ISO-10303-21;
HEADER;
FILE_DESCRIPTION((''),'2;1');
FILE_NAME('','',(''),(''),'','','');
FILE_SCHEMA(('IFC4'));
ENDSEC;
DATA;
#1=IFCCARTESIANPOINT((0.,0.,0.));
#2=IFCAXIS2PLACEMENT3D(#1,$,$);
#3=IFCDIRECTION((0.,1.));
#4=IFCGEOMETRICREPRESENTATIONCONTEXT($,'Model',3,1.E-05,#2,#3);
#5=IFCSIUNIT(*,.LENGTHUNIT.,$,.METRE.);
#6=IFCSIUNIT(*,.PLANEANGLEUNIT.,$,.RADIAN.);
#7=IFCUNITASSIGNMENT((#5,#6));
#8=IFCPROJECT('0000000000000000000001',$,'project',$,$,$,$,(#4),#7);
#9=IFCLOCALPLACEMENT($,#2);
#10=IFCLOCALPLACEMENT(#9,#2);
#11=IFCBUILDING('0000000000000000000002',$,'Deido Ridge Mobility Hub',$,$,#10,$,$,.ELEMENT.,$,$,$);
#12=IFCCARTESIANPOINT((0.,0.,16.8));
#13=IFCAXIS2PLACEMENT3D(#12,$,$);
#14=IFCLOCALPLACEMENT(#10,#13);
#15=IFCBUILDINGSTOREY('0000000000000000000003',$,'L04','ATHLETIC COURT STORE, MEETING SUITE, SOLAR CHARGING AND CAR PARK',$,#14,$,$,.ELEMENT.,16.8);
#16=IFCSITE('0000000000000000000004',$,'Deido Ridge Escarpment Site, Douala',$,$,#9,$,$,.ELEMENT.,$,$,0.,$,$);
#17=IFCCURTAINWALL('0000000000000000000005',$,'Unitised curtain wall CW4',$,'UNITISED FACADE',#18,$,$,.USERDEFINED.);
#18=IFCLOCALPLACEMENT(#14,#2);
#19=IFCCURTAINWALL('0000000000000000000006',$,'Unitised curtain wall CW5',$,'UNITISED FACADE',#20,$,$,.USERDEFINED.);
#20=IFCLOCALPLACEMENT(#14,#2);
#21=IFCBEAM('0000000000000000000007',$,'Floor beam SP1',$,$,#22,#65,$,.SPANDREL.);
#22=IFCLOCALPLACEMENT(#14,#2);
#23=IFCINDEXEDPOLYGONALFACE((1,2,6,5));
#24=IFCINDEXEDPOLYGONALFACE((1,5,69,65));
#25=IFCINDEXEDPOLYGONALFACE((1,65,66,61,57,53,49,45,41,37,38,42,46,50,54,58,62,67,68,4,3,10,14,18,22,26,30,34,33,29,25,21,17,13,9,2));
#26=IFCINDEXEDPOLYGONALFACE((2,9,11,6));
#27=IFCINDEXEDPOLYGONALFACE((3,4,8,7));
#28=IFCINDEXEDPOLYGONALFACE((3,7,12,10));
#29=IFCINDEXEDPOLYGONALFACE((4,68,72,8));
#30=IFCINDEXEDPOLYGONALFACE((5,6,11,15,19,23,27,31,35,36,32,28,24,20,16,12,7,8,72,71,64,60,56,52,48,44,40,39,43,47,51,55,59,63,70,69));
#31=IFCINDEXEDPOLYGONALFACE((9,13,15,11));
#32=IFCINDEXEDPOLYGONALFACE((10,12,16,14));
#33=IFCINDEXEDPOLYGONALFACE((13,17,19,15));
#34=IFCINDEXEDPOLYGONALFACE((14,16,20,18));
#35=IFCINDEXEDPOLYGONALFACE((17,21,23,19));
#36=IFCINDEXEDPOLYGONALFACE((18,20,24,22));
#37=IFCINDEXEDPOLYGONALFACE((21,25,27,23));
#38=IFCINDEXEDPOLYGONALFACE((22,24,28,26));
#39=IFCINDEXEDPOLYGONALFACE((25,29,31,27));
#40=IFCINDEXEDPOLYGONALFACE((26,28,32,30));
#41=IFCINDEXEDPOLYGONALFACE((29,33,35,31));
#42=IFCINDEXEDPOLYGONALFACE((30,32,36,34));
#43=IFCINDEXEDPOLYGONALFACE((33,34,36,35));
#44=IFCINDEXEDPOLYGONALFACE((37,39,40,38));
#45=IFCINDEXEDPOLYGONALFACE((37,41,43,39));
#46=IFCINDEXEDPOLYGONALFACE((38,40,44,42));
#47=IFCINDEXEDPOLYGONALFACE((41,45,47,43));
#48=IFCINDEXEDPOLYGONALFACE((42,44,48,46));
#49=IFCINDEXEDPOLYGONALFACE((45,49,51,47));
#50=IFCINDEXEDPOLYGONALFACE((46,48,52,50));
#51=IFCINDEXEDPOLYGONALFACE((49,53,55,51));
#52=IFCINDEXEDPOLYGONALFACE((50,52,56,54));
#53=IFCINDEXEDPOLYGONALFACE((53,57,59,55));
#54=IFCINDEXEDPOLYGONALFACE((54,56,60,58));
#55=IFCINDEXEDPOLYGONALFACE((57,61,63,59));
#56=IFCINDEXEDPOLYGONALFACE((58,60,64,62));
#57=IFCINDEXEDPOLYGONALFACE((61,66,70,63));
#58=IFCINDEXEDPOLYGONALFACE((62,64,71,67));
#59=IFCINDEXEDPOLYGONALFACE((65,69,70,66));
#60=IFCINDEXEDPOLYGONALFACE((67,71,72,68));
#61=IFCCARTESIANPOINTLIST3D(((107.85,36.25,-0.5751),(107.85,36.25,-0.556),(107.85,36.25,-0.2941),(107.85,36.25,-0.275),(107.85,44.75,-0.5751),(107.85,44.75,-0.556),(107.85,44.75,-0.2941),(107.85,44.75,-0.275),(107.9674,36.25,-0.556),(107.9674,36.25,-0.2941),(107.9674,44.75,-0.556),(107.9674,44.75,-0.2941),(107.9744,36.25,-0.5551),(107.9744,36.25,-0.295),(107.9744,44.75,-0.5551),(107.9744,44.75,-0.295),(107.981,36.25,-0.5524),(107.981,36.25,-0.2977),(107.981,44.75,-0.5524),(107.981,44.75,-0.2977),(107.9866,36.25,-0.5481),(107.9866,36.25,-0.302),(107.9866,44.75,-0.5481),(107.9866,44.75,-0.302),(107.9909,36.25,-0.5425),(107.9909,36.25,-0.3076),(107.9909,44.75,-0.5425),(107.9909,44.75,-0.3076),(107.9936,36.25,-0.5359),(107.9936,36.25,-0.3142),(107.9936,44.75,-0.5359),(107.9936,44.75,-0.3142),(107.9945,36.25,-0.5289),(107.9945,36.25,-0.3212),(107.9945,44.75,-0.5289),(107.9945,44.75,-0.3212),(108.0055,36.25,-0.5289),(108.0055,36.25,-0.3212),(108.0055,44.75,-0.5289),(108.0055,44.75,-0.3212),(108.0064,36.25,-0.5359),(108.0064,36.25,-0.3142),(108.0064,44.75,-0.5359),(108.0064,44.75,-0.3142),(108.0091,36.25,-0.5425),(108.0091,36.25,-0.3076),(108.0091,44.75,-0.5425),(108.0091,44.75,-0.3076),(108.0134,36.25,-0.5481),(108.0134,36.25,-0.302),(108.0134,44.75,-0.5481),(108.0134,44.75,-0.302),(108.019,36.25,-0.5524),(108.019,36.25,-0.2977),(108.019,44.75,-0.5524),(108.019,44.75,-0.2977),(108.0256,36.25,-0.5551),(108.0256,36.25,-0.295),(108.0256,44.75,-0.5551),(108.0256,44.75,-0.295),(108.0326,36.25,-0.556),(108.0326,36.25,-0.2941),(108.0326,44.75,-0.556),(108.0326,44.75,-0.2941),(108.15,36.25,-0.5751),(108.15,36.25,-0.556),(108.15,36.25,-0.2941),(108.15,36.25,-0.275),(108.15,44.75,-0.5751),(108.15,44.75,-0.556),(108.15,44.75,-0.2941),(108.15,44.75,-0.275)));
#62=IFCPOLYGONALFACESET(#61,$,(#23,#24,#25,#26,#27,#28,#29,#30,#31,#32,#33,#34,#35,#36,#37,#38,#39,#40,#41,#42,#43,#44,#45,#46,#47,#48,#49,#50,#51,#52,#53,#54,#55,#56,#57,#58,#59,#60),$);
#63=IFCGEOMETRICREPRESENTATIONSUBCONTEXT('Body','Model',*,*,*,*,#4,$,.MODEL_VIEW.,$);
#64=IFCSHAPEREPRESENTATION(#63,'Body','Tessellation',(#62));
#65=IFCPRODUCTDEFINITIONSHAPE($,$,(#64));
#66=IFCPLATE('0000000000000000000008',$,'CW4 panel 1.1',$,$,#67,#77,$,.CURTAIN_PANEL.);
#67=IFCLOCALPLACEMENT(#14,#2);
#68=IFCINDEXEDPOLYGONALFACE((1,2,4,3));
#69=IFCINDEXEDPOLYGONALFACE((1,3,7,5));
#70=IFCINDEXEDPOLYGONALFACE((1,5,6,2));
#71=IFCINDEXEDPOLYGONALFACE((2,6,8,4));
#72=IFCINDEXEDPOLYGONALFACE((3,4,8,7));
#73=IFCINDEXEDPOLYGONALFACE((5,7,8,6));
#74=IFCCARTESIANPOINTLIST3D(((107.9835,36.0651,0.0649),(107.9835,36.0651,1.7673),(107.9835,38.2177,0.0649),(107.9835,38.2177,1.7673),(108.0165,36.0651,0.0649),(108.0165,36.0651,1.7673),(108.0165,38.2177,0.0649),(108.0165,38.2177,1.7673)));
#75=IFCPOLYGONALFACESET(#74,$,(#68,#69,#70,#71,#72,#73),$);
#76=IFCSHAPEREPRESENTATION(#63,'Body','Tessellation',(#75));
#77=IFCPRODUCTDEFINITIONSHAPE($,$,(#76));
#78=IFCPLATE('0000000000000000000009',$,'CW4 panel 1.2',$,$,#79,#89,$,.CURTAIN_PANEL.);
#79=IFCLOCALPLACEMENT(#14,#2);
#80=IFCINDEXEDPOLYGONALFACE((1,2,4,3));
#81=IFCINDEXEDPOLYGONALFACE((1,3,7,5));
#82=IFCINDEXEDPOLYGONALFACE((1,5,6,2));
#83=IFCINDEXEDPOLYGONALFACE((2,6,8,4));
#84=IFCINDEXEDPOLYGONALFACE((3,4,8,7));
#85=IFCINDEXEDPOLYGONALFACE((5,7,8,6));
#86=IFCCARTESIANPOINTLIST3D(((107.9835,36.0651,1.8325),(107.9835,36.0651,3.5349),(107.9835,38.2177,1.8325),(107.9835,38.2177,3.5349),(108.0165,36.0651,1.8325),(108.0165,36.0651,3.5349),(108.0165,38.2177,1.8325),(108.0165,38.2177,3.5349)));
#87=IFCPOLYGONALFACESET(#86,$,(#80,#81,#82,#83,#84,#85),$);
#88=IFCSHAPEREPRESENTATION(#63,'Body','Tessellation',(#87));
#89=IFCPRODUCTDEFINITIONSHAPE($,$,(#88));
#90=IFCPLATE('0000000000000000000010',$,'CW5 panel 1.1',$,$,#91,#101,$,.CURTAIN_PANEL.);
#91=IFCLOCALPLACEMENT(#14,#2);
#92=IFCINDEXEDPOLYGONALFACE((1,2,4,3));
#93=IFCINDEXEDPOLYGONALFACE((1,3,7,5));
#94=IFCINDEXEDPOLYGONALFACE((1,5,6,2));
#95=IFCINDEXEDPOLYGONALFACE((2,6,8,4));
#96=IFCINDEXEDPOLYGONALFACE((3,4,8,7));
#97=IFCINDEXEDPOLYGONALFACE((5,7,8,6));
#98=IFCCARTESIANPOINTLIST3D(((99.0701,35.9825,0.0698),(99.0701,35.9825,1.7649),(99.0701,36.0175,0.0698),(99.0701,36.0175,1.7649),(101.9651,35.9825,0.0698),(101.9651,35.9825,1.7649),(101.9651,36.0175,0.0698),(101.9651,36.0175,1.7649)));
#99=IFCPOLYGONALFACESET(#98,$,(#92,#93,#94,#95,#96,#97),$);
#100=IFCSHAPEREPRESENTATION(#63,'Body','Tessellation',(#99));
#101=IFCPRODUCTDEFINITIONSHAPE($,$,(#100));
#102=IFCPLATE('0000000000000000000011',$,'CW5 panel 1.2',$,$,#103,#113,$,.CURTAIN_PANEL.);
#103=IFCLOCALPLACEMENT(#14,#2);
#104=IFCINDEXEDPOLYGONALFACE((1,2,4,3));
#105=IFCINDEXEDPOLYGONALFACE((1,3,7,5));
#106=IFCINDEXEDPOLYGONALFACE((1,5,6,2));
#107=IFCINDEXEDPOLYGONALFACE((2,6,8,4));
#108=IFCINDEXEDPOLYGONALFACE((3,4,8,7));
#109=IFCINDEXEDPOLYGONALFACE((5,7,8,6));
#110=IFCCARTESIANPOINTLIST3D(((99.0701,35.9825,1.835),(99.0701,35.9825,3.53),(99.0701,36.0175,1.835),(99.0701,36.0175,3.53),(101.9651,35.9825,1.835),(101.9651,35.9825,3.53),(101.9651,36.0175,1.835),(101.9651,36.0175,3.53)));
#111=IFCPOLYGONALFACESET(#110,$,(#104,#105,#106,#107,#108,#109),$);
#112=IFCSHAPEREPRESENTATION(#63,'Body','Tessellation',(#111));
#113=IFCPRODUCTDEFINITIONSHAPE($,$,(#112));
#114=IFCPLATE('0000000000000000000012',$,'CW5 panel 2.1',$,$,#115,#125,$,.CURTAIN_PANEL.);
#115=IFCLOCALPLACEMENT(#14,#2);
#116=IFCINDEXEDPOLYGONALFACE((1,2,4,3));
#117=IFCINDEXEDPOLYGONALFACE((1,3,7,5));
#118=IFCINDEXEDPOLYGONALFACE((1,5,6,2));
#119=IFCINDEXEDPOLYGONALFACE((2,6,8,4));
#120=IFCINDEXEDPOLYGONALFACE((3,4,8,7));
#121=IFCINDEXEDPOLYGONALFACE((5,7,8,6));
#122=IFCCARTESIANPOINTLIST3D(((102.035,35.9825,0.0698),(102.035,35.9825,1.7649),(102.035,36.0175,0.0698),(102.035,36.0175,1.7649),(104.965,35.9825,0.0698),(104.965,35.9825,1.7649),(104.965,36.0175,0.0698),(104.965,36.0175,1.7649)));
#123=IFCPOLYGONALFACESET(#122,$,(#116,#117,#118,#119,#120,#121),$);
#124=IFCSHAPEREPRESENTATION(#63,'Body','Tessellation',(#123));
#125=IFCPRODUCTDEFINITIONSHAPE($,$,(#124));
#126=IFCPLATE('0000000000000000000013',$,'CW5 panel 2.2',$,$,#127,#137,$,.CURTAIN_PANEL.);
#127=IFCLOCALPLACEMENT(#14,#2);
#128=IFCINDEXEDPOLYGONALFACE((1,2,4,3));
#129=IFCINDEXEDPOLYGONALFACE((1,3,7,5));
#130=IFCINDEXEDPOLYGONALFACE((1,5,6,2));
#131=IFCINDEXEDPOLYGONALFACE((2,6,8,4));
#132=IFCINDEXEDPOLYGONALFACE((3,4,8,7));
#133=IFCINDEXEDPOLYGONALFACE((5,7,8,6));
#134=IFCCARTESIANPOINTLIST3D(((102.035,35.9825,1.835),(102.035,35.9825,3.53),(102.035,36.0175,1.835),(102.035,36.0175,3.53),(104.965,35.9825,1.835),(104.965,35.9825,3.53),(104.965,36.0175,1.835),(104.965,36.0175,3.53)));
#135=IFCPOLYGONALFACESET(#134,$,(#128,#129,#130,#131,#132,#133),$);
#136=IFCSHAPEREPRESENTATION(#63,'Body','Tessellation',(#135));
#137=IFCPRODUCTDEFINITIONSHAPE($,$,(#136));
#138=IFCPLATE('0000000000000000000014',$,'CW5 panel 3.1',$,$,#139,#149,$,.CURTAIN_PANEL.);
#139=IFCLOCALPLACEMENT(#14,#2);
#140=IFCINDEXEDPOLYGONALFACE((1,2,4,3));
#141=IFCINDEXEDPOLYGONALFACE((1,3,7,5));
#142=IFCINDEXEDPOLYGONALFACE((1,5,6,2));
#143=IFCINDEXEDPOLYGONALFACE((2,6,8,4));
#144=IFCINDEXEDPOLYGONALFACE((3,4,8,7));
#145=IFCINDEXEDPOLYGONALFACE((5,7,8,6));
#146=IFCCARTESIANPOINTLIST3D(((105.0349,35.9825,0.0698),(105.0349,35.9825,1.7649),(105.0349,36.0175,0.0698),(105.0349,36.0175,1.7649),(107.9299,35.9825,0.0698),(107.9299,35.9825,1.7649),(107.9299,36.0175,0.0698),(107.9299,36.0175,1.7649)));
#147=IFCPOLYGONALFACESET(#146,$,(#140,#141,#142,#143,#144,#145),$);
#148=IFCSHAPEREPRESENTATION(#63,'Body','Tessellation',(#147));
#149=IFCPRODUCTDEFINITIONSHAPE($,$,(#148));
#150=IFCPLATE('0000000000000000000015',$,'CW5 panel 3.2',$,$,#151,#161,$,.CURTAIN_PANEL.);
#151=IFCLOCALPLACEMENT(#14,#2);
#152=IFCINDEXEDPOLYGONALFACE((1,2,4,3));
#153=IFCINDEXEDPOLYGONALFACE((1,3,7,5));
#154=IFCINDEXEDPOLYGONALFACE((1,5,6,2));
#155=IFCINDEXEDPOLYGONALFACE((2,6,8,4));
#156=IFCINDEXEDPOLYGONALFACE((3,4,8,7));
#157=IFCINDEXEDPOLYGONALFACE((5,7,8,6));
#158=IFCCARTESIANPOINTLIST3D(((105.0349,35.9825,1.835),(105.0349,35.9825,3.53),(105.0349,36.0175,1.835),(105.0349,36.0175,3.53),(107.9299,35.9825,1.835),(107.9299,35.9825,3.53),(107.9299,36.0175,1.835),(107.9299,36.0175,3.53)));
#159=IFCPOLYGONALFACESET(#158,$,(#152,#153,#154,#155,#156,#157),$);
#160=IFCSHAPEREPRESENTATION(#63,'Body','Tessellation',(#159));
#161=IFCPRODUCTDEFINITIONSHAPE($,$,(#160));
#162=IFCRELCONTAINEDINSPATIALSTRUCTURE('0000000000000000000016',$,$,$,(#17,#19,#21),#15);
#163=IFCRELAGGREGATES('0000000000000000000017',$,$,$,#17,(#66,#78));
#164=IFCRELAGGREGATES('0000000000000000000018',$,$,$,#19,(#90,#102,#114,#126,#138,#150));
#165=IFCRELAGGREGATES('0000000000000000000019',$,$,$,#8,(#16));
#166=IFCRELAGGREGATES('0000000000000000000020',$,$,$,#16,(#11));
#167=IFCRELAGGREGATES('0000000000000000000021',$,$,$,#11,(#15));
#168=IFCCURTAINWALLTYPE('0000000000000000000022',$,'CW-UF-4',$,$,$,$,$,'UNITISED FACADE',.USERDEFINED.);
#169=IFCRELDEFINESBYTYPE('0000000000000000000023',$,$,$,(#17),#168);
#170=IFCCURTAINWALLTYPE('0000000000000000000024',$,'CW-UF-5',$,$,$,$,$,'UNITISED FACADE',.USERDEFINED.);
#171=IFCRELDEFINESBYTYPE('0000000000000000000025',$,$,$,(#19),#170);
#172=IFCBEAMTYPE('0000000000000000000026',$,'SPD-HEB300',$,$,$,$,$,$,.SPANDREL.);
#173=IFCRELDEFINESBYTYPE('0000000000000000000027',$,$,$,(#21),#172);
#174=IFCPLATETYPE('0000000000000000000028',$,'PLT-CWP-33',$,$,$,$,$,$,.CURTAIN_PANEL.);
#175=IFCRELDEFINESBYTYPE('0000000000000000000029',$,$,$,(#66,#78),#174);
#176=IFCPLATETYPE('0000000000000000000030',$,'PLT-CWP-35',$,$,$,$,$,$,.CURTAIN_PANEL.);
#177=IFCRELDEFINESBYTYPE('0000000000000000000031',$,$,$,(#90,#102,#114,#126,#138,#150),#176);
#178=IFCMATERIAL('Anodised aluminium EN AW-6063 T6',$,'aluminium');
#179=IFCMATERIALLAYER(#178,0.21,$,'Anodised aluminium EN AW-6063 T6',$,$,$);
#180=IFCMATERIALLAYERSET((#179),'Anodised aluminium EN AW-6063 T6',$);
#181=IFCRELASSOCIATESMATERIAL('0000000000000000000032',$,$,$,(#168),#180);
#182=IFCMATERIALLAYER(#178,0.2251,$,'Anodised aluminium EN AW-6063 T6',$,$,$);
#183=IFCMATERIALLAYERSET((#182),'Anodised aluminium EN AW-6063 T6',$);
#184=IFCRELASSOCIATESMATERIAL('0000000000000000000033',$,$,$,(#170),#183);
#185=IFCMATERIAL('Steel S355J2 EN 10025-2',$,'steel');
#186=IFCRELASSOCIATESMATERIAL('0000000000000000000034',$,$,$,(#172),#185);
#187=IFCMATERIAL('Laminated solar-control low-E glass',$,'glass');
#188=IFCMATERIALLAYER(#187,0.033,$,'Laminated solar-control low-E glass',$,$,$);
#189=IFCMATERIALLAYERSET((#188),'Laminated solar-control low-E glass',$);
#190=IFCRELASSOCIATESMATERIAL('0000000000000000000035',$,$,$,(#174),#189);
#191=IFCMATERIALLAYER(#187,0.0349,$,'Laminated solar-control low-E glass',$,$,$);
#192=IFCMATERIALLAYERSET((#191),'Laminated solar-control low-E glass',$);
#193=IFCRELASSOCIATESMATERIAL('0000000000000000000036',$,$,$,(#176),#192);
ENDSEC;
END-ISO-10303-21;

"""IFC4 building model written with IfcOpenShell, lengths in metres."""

from ifc_helpers import new_model, si_unit, direction, frame, origin, origin_2d, place, context, subcontext, project, spatial, rectangle, i_section, extrude, material, layer, layer_set, material_profile, profile_set, type_object, element, aggregate, save


model = new_model("IFC4")

# Units and contexts
model_context = context("Model", 3, precision=1e-05, world=origin(), true_north=direction((0.0, 1.0)))
body_context = subcontext(model_context, "Body", "Model", "MODEL_VIEW")
ifc_project = project(units=[si_unit("LENGTHUNIT", "METRE"), si_unit("PLANEANGLEUNIT", "RADIAN")], contexts=[model_context])

# Site, building, storey
site_placement = place(None, origin())
site = spatial("IfcSite", under=ifc_project, at=site_placement, Name="Deido Ridge Escarpment Site, Douala", CompositionType="ELEMENT", RefElevation=0.0)
building_placement = place(site_placement, origin())
building = spatial("IfcBuilding", under=site, at=building_placement, Name="Deido Ridge Mobility Hub", CompositionType="ELEMENT")
storey_placement = place(building_placement, frame((0.0, 0.0, 16.8)))
storey = spatial("IfcBuildingStorey", under=building, at=storey_placement, Name="L04", Description="ATHLETIC COURT STORE, MEETING SUITE, SOLAR CHARGING AND CAR PARK", CompositionType="ELEMENT", Elevation=16.8)

# Shared definitions
ifc_material_1 = material(Name="Steel S355J2 EN 10025-2", Category="steel")

# Curtain walls
ifc_material_2 = material(Name="Anodised aluminium EN AW-6063 T6", Category="aluminium")
ifc_layer_1 = layer(ifc_material_2, 0.21, Name="Anodised aluminium EN AW-6063 T6")
ifc_layer_set_1 = layer_set([ifc_layer_1], Name="Anodised aluminium EN AW-6063 T6")
curtain_wall_type_1 = type_object("IfcCurtainWallType", Name="CW-UF-4", ElementType="UNITISED FACADE", PredefinedType="USERDEFINED", material=ifc_layer_set_1)
curtain_wall_1_placement = place(storey_placement, origin())
curtain_wall_1 = element("IfcCurtainWall", 1, at=curtain_wall_1_placement, inside=storey, type_object=curtain_wall_type_1, Name="Unitised curtain wall CW4", ObjectType="UNITISED FACADE", PredefinedType="USERDEFINED")
ifc_layer_2 = layer(ifc_material_2, 0.2251, Name="Anodised aluminium EN AW-6063 T6")
ifc_layer_set_2 = layer_set([ifc_layer_2], Name="Anodised aluminium EN AW-6063 T6")
curtain_wall_type_2 = type_object("IfcCurtainWallType", Name="CW-UF-5", ElementType="UNITISED FACADE", PredefinedType="USERDEFINED", material=ifc_layer_set_2)
curtain_wall_2_placement = place(storey_placement, origin())
curtain_wall_2 = element("IfcCurtainWall", 2, at=curtain_wall_2_placement, inside=storey, type_object=curtain_wall_type_2, Name="Unitised curtain wall CW5", ObjectType="UNITISED FACADE", PredefinedType="USERDEFINED")

# Beam
ifc_material_profile_1 = material_profile(ifc_material_1, i_section(OverallWidth=0.3, OverallDepth=0.3, WebThickness=0.011, FlangeThickness=0.019, FilletRadius=0.0271, at=origin_2d()), Name="HEB 300")
ifc_profile_set_1 = profile_set([ifc_material_profile_1], Name="Steel S355J2 EN 10025-2")
beam_type_1 = type_object("IfcBeamType", Name="SPD-HEB300", PredefinedType="SPANDREL", material=ifc_profile_set_1)
beam_1_placement = place(storey_placement, frame((108.0, 36.25, -0.425), z_axis=(0.0, 1.0, 0.0), x_axis=(-1.0, 0.0, 0.0)))
element("IfcBeam", 3, at=beam_1_placement, inside=storey, type_object=beam_type_1, Name="Floor beam SP1", PredefinedType="SPANDREL", context=body_context, shape_type="SweptSolid", body=[
    extrude(i_section(OverallWidth=0.3, OverallDepth=0.3, WebThickness=0.011, FlangeThickness=0.019, FilletRadius=0.0271, at=origin_2d()), origin(), (0.0, 0.0, 1.0), 8.5),
])

# Plates
ifc_material_3 = material(Name="Laminated solar-control low-E glass", Category="glass")
ifc_layer_3 = layer(ifc_material_3, 0.033, Name="Laminated solar-control low-E glass")
ifc_layer_set_3 = layer_set([ifc_layer_3], Name="Laminated solar-control low-E glass")
plate_type_1 = type_object("IfcPlateType", Name="PLT-CWP-33", PredefinedType="CURTAIN_PANEL", material=ifc_layer_set_3)
plate_1_placement = place(storey_placement, frame((108.0, 37.1414, 0.0649), z_axis=(0.0, 0.0, 1.0), x_axis=(0.0, 1.0, 0.0)))
plate_1 = element("IfcPlate", 4, at=plate_1_placement, type_object=plate_type_1, Name="CW4 panel 1.1", PredefinedType="CURTAIN_PANEL", context=body_context, shape_type="SweptSolid", body=[
    extrude(rectangle(XDim=2.1526, YDim=0.033, at=origin_2d()), origin(), (0.0, 0.0, 1.0), 1.7024),
])
plate_2_placement = place(storey_placement, frame((108.0, 37.1414, 1.8325), z_axis=(0.0, 0.0, 1.0), x_axis=(0.0, 1.0, 0.0)))
plate_2 = element("IfcPlate", 5, at=plate_2_placement, type_object=plate_type_1, Name="CW4 panel 1.2", PredefinedType="CURTAIN_PANEL", context=body_context, shape_type="SweptSolid", body=[
    extrude(rectangle(XDim=2.1526, YDim=0.033, at=origin_2d()), origin(), (0.0, 0.0, 1.0), 1.7024),
])
aggregate(curtain_wall_1, [plate_1, plate_2])
ifc_layer_4 = layer(ifc_material_3, 0.0349, Name="Laminated solar-control low-E glass")
ifc_layer_set_4 = layer_set([ifc_layer_4], Name="Laminated solar-control low-E glass")
plate_type_2 = type_object("IfcPlateType", Name="PLT-CWP-35", PredefinedType="CURTAIN_PANEL", material=ifc_layer_set_4)
plate_3_placement = place(storey_placement, frame((100.5176, 36.0, 0.0698), z_axis=(0.0, 0.0, 1.0), x_axis=(1.0, 0.0, 0.0)))
plate_3 = element("IfcPlate", 6, at=plate_3_placement, type_object=plate_type_2, Name="CW5 panel 1.1", PredefinedType="CURTAIN_PANEL", context=body_context, shape_type="SweptSolid", body=[
    extrude(rectangle(XDim=2.895, YDim=0.0349, at=origin_2d()), origin(), (0.0, 0.0, 1.0), 1.6951),
])
plate_4_placement = place(storey_placement, frame((100.5176, 36.0, 1.835), z_axis=(0.0, 0.0, 1.0), x_axis=(1.0, 0.0, 0.0)))
plate_4 = element("IfcPlate", 7, at=plate_4_placement, type_object=plate_type_2, Name="CW5 panel 1.2", PredefinedType="CURTAIN_PANEL", context=body_context, shape_type="SweptSolid", body=[
    extrude(rectangle(XDim=2.895, YDim=0.0349, at=origin_2d()), origin(), (0.0, 0.0, 1.0), 1.6951),
])
plate_5_placement = place(storey_placement, frame((103.5, 36.0, 0.0698), z_axis=(0.0, 0.0, 1.0), x_axis=(1.0, 0.0, 0.0)))
plate_5 = element("IfcPlate", 8, at=plate_5_placement, type_object=plate_type_2, Name="CW5 panel 2.1", PredefinedType="CURTAIN_PANEL", context=body_context, shape_type="SweptSolid", body=[
    extrude(rectangle(XDim=2.9299, YDim=0.0349, at=origin_2d()), origin(), (0.0, 0.0, 1.0), 1.6951),
])
plate_6_placement = place(storey_placement, frame((103.5, 36.0, 1.835), z_axis=(0.0, 0.0, 1.0), x_axis=(1.0, 0.0, 0.0)))
plate_6 = element("IfcPlate", 9, at=plate_6_placement, type_object=plate_type_2, Name="CW5 panel 2.2", PredefinedType="CURTAIN_PANEL", context=body_context, shape_type="SweptSolid", body=[
    extrude(rectangle(XDim=2.9299, YDim=0.0349, at=origin_2d()), origin(), (0.0, 0.0, 1.0), 1.6951),
])
plate_7_placement = place(storey_placement, frame((106.4824, 36.0, 0.0698), z_axis=(0.0, 0.0, 1.0), x_axis=(1.0, 0.0, 0.0)))
plate_7 = element("IfcPlate", 10, at=plate_7_placement, type_object=plate_type_2, Name="CW5 panel 3.1", PredefinedType="CURTAIN_PANEL", context=body_context, shape_type="SweptSolid", body=[
    extrude(rectangle(XDim=2.895, YDim=0.0349, at=origin_2d()), origin(), (0.0, 0.0, 1.0), 1.6951),
])
plate_8_placement = place(storey_placement, frame((106.4824, 36.0, 1.835), z_axis=(0.0, 0.0, 1.0), x_axis=(1.0, 0.0, 0.0)))
plate_8 = element("IfcPlate", 11, at=plate_8_placement, type_object=plate_type_2, Name="CW5 panel 3.2", PredefinedType="CURTAIN_PANEL", context=body_context, shape_type="SweptSolid", body=[
    extrude(rectangle(XDim=2.895, YDim=0.0349, at=origin_2d()), origin(), (0.0, 0.0, 1.0), 1.6951),
])
aggregate(curtain_wall_2, [plate_3, plate_4, plate_5, plate_6, plate_7, plate_8])

save(model, "model.ifc")
